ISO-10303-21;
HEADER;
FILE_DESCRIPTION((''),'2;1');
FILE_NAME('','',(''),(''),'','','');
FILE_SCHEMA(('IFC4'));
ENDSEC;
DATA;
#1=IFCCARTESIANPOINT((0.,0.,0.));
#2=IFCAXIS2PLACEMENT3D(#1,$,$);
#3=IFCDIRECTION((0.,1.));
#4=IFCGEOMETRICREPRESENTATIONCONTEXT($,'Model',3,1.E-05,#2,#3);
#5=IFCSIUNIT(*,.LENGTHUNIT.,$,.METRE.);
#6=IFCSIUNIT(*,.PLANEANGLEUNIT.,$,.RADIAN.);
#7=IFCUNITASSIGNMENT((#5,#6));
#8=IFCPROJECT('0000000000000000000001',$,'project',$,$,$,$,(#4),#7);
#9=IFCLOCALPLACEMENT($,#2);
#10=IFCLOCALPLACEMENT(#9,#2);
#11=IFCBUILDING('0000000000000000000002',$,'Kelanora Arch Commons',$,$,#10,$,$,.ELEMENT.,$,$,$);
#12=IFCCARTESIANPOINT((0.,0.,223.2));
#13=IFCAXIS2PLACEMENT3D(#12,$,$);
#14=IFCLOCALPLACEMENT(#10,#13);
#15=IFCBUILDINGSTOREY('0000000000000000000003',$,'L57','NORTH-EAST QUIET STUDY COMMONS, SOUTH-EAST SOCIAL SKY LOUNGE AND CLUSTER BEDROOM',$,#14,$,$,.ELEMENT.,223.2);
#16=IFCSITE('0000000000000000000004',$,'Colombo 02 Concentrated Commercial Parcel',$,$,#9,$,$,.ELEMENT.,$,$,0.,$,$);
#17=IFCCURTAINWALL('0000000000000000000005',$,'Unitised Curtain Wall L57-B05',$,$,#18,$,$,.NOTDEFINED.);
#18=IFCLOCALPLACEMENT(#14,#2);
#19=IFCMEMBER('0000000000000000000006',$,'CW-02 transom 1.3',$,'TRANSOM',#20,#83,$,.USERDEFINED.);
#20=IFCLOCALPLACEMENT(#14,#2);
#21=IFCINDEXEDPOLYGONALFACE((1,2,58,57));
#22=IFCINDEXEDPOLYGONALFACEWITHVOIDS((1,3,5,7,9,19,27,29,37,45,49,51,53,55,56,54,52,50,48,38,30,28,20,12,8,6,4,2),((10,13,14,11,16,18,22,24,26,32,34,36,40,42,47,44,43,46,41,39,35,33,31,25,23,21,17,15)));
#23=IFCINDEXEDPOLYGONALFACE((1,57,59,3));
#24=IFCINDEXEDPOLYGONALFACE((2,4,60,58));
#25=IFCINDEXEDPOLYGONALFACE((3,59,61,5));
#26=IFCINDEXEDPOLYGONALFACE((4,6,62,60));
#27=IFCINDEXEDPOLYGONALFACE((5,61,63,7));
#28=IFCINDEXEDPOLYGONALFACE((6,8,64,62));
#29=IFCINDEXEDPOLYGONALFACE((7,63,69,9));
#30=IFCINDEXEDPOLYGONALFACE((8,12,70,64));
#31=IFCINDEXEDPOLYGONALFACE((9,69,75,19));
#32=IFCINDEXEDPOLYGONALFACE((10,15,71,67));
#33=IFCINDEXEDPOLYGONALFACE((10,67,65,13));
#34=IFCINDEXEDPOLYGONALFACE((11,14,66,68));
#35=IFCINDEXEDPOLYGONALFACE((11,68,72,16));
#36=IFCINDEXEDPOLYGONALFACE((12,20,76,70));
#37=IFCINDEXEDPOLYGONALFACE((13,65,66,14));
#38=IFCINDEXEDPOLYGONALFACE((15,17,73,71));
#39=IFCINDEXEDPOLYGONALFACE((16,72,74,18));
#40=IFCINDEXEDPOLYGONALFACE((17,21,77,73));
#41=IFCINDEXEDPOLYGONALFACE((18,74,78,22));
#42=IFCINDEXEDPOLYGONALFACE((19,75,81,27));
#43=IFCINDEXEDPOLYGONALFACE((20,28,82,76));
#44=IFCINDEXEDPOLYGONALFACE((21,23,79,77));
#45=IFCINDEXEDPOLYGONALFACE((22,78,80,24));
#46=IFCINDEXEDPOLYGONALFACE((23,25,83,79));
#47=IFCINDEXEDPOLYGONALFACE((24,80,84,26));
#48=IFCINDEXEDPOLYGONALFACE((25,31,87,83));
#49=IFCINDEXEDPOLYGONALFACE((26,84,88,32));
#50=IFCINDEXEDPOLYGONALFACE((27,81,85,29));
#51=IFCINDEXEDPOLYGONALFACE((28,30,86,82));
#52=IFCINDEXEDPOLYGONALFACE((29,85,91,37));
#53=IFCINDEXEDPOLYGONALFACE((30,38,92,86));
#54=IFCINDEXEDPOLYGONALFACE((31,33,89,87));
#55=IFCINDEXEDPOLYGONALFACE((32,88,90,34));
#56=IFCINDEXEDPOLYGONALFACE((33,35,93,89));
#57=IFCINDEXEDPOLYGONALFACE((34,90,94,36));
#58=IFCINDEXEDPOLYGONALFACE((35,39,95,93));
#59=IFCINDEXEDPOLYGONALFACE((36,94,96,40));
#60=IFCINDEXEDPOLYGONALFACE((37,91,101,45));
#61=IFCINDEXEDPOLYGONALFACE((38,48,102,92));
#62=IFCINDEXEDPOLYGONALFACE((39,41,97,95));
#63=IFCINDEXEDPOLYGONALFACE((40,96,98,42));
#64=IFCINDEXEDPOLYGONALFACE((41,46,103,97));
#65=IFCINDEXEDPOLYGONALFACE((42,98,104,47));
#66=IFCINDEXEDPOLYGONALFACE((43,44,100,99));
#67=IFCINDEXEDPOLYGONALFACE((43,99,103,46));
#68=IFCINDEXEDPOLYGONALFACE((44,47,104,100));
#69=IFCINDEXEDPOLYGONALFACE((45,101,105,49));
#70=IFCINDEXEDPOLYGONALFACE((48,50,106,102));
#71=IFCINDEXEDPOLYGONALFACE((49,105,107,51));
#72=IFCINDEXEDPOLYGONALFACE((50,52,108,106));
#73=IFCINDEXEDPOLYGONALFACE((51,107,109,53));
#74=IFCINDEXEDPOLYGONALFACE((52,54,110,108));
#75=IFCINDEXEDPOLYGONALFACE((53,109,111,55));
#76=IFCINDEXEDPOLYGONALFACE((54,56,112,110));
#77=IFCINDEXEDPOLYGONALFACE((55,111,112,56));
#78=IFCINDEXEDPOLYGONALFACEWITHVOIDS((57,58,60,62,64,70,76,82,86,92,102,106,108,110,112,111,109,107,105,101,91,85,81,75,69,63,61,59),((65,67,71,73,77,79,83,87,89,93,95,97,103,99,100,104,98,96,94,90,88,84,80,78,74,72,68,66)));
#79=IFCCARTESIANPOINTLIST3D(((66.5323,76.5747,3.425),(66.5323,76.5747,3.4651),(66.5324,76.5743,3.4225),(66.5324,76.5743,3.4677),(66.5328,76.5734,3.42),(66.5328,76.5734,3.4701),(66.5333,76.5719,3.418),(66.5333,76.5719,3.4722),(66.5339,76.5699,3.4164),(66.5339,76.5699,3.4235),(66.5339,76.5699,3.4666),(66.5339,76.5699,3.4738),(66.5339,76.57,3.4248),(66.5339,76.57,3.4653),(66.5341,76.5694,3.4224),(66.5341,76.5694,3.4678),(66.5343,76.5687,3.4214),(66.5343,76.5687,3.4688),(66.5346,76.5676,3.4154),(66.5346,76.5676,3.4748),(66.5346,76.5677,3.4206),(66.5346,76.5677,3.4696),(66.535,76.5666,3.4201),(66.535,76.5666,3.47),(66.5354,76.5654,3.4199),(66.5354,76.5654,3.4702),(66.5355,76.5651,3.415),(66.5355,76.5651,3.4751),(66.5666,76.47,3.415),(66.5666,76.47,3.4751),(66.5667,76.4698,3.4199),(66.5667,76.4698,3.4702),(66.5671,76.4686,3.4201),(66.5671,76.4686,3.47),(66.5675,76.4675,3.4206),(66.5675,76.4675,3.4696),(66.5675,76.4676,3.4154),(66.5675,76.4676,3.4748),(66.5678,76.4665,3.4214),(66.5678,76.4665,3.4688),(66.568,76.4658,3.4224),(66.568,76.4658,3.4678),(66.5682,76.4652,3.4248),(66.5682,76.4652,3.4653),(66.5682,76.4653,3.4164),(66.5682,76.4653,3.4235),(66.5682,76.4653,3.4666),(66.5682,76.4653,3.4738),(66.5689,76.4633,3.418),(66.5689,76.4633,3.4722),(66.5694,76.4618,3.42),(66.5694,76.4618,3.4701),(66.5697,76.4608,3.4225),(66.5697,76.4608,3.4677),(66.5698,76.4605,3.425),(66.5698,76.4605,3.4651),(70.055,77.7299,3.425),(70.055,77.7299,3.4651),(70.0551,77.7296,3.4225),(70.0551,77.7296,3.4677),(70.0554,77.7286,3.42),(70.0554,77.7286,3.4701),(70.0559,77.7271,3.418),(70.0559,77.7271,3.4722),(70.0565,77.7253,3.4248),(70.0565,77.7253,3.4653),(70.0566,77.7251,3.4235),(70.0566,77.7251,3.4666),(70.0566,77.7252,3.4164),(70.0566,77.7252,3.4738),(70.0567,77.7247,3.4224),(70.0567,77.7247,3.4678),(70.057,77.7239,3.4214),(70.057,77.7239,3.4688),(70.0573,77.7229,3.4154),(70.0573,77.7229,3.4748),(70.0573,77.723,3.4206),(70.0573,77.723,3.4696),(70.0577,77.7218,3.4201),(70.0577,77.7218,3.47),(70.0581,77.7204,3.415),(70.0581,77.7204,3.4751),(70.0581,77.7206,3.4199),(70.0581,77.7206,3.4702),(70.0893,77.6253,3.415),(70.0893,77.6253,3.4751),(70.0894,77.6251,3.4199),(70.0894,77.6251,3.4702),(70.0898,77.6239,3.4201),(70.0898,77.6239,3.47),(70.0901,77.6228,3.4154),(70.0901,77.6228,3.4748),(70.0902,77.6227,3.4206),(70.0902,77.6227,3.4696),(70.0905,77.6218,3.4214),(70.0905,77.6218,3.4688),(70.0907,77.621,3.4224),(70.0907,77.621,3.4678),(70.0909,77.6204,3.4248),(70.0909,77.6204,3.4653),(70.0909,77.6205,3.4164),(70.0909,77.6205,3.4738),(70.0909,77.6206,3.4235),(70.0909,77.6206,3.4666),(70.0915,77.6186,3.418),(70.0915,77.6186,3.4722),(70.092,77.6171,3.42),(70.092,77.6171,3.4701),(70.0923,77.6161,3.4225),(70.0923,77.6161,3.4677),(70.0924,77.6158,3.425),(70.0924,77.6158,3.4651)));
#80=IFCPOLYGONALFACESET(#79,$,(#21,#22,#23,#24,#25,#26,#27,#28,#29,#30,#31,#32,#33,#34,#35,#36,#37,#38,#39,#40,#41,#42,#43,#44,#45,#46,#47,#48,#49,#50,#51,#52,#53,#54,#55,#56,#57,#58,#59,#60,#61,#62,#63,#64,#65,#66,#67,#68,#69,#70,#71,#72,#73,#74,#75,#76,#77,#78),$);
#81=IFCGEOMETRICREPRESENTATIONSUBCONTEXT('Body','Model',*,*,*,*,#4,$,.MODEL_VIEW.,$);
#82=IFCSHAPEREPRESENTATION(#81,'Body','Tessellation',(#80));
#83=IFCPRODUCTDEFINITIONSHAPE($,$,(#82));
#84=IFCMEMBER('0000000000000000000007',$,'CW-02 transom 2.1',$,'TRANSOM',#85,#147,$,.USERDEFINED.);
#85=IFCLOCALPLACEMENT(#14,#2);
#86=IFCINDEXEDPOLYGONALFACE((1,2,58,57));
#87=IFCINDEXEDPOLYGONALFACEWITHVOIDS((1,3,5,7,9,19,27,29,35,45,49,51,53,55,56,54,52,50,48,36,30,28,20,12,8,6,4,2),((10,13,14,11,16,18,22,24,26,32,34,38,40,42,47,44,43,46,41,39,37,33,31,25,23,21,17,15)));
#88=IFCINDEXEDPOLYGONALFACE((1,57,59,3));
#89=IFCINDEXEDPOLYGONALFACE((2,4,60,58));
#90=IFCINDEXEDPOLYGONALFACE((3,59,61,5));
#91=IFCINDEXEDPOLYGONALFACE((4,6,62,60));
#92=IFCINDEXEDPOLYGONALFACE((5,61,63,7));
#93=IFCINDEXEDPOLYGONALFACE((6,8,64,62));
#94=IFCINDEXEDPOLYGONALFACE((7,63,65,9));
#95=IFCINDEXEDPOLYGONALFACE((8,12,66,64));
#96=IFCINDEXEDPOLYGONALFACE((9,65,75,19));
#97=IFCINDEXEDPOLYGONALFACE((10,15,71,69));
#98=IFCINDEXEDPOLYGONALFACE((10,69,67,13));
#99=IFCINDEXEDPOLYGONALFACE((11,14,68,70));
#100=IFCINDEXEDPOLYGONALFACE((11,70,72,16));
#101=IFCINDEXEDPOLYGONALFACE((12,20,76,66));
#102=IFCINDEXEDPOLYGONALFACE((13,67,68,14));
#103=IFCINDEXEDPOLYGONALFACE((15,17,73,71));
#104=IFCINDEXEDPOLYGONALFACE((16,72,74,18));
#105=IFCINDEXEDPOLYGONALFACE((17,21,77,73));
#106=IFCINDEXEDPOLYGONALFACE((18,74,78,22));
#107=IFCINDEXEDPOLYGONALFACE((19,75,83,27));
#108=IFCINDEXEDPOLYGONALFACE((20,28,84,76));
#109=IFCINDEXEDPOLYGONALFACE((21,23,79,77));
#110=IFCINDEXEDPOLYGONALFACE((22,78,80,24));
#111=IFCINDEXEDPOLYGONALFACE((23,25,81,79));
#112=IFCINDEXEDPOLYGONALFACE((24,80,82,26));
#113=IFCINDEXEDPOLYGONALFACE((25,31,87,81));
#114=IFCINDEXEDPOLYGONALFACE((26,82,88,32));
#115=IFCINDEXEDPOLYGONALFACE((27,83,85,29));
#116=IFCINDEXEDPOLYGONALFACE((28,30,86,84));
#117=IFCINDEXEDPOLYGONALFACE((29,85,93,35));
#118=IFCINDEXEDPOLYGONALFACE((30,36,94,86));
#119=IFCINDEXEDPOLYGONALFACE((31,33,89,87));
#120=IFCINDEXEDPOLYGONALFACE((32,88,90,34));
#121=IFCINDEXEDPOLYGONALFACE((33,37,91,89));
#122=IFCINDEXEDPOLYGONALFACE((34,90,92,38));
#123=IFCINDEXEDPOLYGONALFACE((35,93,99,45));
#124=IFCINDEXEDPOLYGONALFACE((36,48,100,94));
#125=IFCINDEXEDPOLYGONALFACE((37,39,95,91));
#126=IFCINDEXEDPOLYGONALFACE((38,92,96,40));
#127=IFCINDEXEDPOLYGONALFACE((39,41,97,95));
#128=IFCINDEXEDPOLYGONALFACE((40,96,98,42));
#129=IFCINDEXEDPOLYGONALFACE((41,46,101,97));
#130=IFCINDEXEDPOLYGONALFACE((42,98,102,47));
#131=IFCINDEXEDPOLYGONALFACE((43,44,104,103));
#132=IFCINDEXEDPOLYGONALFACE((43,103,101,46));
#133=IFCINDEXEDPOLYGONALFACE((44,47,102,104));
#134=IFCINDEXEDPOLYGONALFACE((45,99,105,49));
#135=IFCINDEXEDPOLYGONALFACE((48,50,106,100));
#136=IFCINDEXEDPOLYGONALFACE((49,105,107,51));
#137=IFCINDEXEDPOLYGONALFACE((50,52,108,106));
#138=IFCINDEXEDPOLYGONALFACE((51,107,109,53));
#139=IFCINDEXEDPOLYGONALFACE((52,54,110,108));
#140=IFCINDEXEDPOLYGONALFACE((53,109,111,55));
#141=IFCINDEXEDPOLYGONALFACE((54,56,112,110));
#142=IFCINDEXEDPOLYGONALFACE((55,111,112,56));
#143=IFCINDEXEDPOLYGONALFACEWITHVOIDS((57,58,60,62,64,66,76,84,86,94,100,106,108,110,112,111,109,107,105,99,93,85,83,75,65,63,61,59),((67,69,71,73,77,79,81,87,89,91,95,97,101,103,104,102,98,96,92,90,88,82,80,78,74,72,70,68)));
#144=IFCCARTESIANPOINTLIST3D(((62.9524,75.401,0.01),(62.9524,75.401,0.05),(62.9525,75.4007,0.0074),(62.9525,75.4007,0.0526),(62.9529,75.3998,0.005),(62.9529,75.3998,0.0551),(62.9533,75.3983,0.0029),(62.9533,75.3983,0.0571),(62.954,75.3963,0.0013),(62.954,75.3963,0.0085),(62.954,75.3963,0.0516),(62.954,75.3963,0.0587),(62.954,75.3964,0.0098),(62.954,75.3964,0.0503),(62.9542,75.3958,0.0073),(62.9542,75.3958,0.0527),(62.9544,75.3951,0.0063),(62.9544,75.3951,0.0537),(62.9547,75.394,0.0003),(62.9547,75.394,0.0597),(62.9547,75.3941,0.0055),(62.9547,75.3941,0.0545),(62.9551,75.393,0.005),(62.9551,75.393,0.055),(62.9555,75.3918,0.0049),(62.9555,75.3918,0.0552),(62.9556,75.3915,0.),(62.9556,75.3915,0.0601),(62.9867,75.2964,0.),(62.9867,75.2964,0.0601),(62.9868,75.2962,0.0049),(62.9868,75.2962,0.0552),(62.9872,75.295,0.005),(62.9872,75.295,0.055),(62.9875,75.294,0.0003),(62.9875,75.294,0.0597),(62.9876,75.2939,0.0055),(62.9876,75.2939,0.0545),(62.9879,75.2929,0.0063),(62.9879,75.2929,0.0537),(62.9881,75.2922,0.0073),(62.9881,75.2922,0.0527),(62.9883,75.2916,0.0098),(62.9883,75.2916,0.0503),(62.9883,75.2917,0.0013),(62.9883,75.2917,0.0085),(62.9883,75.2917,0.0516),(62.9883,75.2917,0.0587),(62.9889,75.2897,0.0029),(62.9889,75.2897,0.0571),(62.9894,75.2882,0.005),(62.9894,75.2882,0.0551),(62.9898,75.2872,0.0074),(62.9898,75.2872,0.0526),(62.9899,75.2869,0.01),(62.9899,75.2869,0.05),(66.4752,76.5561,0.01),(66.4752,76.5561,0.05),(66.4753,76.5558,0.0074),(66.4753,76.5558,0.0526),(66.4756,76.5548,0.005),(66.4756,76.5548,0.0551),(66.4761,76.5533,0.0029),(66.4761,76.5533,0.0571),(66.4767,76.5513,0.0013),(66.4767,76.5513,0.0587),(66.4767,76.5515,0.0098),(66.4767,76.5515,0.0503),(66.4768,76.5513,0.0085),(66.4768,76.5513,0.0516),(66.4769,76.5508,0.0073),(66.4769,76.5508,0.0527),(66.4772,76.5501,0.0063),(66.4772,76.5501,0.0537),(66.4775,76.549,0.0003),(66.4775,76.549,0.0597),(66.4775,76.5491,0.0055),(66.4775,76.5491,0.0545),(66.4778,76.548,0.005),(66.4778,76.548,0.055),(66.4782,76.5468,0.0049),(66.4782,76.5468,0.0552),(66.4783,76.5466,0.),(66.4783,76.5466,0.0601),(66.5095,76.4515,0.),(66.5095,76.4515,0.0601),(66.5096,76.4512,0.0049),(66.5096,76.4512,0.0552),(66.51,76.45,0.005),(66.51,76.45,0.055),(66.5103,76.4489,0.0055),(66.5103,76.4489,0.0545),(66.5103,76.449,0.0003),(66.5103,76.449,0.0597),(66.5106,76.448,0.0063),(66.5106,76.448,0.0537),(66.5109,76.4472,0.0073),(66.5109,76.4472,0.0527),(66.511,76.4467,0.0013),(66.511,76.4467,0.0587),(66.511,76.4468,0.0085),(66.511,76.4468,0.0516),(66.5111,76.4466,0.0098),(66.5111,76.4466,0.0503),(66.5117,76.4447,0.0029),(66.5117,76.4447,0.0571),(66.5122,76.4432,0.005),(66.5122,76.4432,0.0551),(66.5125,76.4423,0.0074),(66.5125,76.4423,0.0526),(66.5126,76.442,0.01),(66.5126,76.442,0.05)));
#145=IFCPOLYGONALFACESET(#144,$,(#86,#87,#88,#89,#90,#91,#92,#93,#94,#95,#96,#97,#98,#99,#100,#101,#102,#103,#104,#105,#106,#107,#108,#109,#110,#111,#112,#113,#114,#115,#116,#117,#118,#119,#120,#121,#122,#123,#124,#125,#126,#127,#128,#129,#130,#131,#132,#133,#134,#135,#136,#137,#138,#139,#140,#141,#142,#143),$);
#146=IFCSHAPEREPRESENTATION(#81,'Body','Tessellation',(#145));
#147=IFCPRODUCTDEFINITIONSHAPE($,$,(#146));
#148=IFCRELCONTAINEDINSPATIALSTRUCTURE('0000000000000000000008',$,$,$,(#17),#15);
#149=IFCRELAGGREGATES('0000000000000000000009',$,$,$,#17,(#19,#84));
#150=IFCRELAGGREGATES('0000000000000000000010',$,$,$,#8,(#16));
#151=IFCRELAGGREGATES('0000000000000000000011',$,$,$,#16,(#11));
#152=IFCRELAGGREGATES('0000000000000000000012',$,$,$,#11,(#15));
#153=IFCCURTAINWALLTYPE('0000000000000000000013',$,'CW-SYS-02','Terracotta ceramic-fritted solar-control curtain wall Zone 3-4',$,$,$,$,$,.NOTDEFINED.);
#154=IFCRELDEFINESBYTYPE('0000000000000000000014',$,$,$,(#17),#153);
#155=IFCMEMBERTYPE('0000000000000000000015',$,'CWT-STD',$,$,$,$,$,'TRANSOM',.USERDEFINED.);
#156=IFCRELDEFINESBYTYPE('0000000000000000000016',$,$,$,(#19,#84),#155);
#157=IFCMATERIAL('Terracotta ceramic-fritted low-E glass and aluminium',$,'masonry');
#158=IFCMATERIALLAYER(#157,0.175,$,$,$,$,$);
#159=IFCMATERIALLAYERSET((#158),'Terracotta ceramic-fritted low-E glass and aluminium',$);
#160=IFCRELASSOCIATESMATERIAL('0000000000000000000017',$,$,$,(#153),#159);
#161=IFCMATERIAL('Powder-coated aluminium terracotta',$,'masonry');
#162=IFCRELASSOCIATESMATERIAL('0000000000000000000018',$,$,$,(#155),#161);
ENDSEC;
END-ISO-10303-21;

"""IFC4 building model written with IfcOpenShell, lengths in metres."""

from ifc_helpers import new_model, si_unit, direction, frame, origin, origin_2d, place, context, subcontext, project, spatial, hollow_rectangle, extrude, material, layer, layer_set, material_profile, profile_set, type_object, element, aggregate, save


model = new_model("IFC4")

# Units and contexts
model_context = context("Model", 3, precision=1e-05, world=origin(), true_north=direction((0.0, 1.0)))
body_context = subcontext(model_context, "Body", "Model", "MODEL_VIEW")
ifc_project = project(units=[si_unit("LENGTHUNIT", "METRE"), si_unit("PLANEANGLEUNIT", "RADIAN")], contexts=[model_context])

# Site, building, storey
site_placement = place(None, origin())
site = spatial("IfcSite", under=ifc_project, at=site_placement, Name="Colombo 02 Concentrated Commercial Parcel", CompositionType="ELEMENT", RefElevation=0.0)
building_placement = place(site_placement, origin())
building = spatial("IfcBuilding", under=site, at=building_placement, Name="Kelanora Arch Commons", CompositionType="ELEMENT")
storey_placement = place(building_placement, frame((0.0, 0.0, 223.2)))
storey = spatial("IfcBuildingStorey", under=building, at=storey_placement, Name="L57", Description="NORTH-EAST QUIET STUDY COMMONS, SOUTH-EAST SOCIAL SKY LOUNGE AND CLUSTER BEDROOM", CompositionType="ELEMENT", Elevation=223.2)

# Curtain wall, members
ifc_material_1 = material(Name="Terracotta ceramic-fritted low-E glass and aluminium", Category="masonry")
ifc_layer_1 = layer(ifc_material_1, 0.175)
ifc_layer_set_1 = layer_set([ifc_layer_1], Name="Terracotta ceramic-fritted low-E glass and aluminium")
curtain_wall_type = type_object("IfcCurtainWallType", Name="CW-SYS-02", Description="Terracotta ceramic-fritted solar-control curtain wall Zone 3-4", PredefinedType="NOTDEFINED", material=ifc_layer_set_1)
curtain_wall_placement = place(storey_placement, origin())
curtain_wall = element("IfcCurtainWall", 1, at=curtain_wall_placement, inside=storey, type_object=curtain_wall_type, Name="Unitised Curtain Wall L57-B05", PredefinedType="NOTDEFINED")
ifc_material_2 = material(Name="Powder-coated aluminium terracotta", Category="masonry")
ifc_material_profile_1 = material_profile(ifc_material_2, hollow_rectangle(XDim=0.1201, YDim=0.0601, WallThickness=0.0049, InnerFilletRadius=0.0049, OuterFilletRadius=0.01, at=origin_2d()), Name="CWT120x60")
ifc_profile_set_1 = profile_set([ifc_material_profile_1], Name="Powder-coated aluminium terracotta")
member_type_1 = type_object("IfcMemberType", Name="CWT-STD", ElementType="TRANSOM", PredefinedType="USERDEFINED", material=ifc_profile_set_1)
member_1_placement = place(storey_placement, frame((70.0737, 77.6729, 3.4451), z_axis=(-0.950207, -0.311621, 0.0), x_axis=(0.311621, -0.950207, 0.0)))
member_1 = element("IfcMember", 2, at=member_1_placement, type_object=member_type_1, Name="CW-02 transom 1.3", ObjectType="TRANSOM", PredefinedType="USERDEFINED", context=body_context, shape_type="SweptSolid", body=[
    extrude(hollow_rectangle(XDim=0.1201, YDim=0.0601, WallThickness=0.0049, InnerFilletRadius=0.0049, OuterFilletRadius=0.01, at=origin_2d()), origin(), (0.0, 0.0, 1.0), 3.7073),
])
member_2_placement = place(storey_placement, frame((66.4939, 76.499, 0.03), z_axis=(-0.950226, -0.311561, 0.0), x_axis=(0.311561, -0.950226, 0.0)))
member_2 = element("IfcMember", 3, at=member_2_placement, type_object=member_type_1, Name="CW-02 transom 2.1", ObjectType="TRANSOM", PredefinedType="USERDEFINED", context=body_context, shape_type="SweptSolid", body=[
    extrude(hollow_rectangle(XDim=0.1201, YDim=0.0601, WallThickness=0.0049, InnerFilletRadius=0.0049, OuterFilletRadius=0.01, at=origin_2d()), origin(), (0.0, 0.0, 1.0), 3.7073),
])
aggregate(curtain_wall, [member_1, member_2])

save(model, "model.ifc")
